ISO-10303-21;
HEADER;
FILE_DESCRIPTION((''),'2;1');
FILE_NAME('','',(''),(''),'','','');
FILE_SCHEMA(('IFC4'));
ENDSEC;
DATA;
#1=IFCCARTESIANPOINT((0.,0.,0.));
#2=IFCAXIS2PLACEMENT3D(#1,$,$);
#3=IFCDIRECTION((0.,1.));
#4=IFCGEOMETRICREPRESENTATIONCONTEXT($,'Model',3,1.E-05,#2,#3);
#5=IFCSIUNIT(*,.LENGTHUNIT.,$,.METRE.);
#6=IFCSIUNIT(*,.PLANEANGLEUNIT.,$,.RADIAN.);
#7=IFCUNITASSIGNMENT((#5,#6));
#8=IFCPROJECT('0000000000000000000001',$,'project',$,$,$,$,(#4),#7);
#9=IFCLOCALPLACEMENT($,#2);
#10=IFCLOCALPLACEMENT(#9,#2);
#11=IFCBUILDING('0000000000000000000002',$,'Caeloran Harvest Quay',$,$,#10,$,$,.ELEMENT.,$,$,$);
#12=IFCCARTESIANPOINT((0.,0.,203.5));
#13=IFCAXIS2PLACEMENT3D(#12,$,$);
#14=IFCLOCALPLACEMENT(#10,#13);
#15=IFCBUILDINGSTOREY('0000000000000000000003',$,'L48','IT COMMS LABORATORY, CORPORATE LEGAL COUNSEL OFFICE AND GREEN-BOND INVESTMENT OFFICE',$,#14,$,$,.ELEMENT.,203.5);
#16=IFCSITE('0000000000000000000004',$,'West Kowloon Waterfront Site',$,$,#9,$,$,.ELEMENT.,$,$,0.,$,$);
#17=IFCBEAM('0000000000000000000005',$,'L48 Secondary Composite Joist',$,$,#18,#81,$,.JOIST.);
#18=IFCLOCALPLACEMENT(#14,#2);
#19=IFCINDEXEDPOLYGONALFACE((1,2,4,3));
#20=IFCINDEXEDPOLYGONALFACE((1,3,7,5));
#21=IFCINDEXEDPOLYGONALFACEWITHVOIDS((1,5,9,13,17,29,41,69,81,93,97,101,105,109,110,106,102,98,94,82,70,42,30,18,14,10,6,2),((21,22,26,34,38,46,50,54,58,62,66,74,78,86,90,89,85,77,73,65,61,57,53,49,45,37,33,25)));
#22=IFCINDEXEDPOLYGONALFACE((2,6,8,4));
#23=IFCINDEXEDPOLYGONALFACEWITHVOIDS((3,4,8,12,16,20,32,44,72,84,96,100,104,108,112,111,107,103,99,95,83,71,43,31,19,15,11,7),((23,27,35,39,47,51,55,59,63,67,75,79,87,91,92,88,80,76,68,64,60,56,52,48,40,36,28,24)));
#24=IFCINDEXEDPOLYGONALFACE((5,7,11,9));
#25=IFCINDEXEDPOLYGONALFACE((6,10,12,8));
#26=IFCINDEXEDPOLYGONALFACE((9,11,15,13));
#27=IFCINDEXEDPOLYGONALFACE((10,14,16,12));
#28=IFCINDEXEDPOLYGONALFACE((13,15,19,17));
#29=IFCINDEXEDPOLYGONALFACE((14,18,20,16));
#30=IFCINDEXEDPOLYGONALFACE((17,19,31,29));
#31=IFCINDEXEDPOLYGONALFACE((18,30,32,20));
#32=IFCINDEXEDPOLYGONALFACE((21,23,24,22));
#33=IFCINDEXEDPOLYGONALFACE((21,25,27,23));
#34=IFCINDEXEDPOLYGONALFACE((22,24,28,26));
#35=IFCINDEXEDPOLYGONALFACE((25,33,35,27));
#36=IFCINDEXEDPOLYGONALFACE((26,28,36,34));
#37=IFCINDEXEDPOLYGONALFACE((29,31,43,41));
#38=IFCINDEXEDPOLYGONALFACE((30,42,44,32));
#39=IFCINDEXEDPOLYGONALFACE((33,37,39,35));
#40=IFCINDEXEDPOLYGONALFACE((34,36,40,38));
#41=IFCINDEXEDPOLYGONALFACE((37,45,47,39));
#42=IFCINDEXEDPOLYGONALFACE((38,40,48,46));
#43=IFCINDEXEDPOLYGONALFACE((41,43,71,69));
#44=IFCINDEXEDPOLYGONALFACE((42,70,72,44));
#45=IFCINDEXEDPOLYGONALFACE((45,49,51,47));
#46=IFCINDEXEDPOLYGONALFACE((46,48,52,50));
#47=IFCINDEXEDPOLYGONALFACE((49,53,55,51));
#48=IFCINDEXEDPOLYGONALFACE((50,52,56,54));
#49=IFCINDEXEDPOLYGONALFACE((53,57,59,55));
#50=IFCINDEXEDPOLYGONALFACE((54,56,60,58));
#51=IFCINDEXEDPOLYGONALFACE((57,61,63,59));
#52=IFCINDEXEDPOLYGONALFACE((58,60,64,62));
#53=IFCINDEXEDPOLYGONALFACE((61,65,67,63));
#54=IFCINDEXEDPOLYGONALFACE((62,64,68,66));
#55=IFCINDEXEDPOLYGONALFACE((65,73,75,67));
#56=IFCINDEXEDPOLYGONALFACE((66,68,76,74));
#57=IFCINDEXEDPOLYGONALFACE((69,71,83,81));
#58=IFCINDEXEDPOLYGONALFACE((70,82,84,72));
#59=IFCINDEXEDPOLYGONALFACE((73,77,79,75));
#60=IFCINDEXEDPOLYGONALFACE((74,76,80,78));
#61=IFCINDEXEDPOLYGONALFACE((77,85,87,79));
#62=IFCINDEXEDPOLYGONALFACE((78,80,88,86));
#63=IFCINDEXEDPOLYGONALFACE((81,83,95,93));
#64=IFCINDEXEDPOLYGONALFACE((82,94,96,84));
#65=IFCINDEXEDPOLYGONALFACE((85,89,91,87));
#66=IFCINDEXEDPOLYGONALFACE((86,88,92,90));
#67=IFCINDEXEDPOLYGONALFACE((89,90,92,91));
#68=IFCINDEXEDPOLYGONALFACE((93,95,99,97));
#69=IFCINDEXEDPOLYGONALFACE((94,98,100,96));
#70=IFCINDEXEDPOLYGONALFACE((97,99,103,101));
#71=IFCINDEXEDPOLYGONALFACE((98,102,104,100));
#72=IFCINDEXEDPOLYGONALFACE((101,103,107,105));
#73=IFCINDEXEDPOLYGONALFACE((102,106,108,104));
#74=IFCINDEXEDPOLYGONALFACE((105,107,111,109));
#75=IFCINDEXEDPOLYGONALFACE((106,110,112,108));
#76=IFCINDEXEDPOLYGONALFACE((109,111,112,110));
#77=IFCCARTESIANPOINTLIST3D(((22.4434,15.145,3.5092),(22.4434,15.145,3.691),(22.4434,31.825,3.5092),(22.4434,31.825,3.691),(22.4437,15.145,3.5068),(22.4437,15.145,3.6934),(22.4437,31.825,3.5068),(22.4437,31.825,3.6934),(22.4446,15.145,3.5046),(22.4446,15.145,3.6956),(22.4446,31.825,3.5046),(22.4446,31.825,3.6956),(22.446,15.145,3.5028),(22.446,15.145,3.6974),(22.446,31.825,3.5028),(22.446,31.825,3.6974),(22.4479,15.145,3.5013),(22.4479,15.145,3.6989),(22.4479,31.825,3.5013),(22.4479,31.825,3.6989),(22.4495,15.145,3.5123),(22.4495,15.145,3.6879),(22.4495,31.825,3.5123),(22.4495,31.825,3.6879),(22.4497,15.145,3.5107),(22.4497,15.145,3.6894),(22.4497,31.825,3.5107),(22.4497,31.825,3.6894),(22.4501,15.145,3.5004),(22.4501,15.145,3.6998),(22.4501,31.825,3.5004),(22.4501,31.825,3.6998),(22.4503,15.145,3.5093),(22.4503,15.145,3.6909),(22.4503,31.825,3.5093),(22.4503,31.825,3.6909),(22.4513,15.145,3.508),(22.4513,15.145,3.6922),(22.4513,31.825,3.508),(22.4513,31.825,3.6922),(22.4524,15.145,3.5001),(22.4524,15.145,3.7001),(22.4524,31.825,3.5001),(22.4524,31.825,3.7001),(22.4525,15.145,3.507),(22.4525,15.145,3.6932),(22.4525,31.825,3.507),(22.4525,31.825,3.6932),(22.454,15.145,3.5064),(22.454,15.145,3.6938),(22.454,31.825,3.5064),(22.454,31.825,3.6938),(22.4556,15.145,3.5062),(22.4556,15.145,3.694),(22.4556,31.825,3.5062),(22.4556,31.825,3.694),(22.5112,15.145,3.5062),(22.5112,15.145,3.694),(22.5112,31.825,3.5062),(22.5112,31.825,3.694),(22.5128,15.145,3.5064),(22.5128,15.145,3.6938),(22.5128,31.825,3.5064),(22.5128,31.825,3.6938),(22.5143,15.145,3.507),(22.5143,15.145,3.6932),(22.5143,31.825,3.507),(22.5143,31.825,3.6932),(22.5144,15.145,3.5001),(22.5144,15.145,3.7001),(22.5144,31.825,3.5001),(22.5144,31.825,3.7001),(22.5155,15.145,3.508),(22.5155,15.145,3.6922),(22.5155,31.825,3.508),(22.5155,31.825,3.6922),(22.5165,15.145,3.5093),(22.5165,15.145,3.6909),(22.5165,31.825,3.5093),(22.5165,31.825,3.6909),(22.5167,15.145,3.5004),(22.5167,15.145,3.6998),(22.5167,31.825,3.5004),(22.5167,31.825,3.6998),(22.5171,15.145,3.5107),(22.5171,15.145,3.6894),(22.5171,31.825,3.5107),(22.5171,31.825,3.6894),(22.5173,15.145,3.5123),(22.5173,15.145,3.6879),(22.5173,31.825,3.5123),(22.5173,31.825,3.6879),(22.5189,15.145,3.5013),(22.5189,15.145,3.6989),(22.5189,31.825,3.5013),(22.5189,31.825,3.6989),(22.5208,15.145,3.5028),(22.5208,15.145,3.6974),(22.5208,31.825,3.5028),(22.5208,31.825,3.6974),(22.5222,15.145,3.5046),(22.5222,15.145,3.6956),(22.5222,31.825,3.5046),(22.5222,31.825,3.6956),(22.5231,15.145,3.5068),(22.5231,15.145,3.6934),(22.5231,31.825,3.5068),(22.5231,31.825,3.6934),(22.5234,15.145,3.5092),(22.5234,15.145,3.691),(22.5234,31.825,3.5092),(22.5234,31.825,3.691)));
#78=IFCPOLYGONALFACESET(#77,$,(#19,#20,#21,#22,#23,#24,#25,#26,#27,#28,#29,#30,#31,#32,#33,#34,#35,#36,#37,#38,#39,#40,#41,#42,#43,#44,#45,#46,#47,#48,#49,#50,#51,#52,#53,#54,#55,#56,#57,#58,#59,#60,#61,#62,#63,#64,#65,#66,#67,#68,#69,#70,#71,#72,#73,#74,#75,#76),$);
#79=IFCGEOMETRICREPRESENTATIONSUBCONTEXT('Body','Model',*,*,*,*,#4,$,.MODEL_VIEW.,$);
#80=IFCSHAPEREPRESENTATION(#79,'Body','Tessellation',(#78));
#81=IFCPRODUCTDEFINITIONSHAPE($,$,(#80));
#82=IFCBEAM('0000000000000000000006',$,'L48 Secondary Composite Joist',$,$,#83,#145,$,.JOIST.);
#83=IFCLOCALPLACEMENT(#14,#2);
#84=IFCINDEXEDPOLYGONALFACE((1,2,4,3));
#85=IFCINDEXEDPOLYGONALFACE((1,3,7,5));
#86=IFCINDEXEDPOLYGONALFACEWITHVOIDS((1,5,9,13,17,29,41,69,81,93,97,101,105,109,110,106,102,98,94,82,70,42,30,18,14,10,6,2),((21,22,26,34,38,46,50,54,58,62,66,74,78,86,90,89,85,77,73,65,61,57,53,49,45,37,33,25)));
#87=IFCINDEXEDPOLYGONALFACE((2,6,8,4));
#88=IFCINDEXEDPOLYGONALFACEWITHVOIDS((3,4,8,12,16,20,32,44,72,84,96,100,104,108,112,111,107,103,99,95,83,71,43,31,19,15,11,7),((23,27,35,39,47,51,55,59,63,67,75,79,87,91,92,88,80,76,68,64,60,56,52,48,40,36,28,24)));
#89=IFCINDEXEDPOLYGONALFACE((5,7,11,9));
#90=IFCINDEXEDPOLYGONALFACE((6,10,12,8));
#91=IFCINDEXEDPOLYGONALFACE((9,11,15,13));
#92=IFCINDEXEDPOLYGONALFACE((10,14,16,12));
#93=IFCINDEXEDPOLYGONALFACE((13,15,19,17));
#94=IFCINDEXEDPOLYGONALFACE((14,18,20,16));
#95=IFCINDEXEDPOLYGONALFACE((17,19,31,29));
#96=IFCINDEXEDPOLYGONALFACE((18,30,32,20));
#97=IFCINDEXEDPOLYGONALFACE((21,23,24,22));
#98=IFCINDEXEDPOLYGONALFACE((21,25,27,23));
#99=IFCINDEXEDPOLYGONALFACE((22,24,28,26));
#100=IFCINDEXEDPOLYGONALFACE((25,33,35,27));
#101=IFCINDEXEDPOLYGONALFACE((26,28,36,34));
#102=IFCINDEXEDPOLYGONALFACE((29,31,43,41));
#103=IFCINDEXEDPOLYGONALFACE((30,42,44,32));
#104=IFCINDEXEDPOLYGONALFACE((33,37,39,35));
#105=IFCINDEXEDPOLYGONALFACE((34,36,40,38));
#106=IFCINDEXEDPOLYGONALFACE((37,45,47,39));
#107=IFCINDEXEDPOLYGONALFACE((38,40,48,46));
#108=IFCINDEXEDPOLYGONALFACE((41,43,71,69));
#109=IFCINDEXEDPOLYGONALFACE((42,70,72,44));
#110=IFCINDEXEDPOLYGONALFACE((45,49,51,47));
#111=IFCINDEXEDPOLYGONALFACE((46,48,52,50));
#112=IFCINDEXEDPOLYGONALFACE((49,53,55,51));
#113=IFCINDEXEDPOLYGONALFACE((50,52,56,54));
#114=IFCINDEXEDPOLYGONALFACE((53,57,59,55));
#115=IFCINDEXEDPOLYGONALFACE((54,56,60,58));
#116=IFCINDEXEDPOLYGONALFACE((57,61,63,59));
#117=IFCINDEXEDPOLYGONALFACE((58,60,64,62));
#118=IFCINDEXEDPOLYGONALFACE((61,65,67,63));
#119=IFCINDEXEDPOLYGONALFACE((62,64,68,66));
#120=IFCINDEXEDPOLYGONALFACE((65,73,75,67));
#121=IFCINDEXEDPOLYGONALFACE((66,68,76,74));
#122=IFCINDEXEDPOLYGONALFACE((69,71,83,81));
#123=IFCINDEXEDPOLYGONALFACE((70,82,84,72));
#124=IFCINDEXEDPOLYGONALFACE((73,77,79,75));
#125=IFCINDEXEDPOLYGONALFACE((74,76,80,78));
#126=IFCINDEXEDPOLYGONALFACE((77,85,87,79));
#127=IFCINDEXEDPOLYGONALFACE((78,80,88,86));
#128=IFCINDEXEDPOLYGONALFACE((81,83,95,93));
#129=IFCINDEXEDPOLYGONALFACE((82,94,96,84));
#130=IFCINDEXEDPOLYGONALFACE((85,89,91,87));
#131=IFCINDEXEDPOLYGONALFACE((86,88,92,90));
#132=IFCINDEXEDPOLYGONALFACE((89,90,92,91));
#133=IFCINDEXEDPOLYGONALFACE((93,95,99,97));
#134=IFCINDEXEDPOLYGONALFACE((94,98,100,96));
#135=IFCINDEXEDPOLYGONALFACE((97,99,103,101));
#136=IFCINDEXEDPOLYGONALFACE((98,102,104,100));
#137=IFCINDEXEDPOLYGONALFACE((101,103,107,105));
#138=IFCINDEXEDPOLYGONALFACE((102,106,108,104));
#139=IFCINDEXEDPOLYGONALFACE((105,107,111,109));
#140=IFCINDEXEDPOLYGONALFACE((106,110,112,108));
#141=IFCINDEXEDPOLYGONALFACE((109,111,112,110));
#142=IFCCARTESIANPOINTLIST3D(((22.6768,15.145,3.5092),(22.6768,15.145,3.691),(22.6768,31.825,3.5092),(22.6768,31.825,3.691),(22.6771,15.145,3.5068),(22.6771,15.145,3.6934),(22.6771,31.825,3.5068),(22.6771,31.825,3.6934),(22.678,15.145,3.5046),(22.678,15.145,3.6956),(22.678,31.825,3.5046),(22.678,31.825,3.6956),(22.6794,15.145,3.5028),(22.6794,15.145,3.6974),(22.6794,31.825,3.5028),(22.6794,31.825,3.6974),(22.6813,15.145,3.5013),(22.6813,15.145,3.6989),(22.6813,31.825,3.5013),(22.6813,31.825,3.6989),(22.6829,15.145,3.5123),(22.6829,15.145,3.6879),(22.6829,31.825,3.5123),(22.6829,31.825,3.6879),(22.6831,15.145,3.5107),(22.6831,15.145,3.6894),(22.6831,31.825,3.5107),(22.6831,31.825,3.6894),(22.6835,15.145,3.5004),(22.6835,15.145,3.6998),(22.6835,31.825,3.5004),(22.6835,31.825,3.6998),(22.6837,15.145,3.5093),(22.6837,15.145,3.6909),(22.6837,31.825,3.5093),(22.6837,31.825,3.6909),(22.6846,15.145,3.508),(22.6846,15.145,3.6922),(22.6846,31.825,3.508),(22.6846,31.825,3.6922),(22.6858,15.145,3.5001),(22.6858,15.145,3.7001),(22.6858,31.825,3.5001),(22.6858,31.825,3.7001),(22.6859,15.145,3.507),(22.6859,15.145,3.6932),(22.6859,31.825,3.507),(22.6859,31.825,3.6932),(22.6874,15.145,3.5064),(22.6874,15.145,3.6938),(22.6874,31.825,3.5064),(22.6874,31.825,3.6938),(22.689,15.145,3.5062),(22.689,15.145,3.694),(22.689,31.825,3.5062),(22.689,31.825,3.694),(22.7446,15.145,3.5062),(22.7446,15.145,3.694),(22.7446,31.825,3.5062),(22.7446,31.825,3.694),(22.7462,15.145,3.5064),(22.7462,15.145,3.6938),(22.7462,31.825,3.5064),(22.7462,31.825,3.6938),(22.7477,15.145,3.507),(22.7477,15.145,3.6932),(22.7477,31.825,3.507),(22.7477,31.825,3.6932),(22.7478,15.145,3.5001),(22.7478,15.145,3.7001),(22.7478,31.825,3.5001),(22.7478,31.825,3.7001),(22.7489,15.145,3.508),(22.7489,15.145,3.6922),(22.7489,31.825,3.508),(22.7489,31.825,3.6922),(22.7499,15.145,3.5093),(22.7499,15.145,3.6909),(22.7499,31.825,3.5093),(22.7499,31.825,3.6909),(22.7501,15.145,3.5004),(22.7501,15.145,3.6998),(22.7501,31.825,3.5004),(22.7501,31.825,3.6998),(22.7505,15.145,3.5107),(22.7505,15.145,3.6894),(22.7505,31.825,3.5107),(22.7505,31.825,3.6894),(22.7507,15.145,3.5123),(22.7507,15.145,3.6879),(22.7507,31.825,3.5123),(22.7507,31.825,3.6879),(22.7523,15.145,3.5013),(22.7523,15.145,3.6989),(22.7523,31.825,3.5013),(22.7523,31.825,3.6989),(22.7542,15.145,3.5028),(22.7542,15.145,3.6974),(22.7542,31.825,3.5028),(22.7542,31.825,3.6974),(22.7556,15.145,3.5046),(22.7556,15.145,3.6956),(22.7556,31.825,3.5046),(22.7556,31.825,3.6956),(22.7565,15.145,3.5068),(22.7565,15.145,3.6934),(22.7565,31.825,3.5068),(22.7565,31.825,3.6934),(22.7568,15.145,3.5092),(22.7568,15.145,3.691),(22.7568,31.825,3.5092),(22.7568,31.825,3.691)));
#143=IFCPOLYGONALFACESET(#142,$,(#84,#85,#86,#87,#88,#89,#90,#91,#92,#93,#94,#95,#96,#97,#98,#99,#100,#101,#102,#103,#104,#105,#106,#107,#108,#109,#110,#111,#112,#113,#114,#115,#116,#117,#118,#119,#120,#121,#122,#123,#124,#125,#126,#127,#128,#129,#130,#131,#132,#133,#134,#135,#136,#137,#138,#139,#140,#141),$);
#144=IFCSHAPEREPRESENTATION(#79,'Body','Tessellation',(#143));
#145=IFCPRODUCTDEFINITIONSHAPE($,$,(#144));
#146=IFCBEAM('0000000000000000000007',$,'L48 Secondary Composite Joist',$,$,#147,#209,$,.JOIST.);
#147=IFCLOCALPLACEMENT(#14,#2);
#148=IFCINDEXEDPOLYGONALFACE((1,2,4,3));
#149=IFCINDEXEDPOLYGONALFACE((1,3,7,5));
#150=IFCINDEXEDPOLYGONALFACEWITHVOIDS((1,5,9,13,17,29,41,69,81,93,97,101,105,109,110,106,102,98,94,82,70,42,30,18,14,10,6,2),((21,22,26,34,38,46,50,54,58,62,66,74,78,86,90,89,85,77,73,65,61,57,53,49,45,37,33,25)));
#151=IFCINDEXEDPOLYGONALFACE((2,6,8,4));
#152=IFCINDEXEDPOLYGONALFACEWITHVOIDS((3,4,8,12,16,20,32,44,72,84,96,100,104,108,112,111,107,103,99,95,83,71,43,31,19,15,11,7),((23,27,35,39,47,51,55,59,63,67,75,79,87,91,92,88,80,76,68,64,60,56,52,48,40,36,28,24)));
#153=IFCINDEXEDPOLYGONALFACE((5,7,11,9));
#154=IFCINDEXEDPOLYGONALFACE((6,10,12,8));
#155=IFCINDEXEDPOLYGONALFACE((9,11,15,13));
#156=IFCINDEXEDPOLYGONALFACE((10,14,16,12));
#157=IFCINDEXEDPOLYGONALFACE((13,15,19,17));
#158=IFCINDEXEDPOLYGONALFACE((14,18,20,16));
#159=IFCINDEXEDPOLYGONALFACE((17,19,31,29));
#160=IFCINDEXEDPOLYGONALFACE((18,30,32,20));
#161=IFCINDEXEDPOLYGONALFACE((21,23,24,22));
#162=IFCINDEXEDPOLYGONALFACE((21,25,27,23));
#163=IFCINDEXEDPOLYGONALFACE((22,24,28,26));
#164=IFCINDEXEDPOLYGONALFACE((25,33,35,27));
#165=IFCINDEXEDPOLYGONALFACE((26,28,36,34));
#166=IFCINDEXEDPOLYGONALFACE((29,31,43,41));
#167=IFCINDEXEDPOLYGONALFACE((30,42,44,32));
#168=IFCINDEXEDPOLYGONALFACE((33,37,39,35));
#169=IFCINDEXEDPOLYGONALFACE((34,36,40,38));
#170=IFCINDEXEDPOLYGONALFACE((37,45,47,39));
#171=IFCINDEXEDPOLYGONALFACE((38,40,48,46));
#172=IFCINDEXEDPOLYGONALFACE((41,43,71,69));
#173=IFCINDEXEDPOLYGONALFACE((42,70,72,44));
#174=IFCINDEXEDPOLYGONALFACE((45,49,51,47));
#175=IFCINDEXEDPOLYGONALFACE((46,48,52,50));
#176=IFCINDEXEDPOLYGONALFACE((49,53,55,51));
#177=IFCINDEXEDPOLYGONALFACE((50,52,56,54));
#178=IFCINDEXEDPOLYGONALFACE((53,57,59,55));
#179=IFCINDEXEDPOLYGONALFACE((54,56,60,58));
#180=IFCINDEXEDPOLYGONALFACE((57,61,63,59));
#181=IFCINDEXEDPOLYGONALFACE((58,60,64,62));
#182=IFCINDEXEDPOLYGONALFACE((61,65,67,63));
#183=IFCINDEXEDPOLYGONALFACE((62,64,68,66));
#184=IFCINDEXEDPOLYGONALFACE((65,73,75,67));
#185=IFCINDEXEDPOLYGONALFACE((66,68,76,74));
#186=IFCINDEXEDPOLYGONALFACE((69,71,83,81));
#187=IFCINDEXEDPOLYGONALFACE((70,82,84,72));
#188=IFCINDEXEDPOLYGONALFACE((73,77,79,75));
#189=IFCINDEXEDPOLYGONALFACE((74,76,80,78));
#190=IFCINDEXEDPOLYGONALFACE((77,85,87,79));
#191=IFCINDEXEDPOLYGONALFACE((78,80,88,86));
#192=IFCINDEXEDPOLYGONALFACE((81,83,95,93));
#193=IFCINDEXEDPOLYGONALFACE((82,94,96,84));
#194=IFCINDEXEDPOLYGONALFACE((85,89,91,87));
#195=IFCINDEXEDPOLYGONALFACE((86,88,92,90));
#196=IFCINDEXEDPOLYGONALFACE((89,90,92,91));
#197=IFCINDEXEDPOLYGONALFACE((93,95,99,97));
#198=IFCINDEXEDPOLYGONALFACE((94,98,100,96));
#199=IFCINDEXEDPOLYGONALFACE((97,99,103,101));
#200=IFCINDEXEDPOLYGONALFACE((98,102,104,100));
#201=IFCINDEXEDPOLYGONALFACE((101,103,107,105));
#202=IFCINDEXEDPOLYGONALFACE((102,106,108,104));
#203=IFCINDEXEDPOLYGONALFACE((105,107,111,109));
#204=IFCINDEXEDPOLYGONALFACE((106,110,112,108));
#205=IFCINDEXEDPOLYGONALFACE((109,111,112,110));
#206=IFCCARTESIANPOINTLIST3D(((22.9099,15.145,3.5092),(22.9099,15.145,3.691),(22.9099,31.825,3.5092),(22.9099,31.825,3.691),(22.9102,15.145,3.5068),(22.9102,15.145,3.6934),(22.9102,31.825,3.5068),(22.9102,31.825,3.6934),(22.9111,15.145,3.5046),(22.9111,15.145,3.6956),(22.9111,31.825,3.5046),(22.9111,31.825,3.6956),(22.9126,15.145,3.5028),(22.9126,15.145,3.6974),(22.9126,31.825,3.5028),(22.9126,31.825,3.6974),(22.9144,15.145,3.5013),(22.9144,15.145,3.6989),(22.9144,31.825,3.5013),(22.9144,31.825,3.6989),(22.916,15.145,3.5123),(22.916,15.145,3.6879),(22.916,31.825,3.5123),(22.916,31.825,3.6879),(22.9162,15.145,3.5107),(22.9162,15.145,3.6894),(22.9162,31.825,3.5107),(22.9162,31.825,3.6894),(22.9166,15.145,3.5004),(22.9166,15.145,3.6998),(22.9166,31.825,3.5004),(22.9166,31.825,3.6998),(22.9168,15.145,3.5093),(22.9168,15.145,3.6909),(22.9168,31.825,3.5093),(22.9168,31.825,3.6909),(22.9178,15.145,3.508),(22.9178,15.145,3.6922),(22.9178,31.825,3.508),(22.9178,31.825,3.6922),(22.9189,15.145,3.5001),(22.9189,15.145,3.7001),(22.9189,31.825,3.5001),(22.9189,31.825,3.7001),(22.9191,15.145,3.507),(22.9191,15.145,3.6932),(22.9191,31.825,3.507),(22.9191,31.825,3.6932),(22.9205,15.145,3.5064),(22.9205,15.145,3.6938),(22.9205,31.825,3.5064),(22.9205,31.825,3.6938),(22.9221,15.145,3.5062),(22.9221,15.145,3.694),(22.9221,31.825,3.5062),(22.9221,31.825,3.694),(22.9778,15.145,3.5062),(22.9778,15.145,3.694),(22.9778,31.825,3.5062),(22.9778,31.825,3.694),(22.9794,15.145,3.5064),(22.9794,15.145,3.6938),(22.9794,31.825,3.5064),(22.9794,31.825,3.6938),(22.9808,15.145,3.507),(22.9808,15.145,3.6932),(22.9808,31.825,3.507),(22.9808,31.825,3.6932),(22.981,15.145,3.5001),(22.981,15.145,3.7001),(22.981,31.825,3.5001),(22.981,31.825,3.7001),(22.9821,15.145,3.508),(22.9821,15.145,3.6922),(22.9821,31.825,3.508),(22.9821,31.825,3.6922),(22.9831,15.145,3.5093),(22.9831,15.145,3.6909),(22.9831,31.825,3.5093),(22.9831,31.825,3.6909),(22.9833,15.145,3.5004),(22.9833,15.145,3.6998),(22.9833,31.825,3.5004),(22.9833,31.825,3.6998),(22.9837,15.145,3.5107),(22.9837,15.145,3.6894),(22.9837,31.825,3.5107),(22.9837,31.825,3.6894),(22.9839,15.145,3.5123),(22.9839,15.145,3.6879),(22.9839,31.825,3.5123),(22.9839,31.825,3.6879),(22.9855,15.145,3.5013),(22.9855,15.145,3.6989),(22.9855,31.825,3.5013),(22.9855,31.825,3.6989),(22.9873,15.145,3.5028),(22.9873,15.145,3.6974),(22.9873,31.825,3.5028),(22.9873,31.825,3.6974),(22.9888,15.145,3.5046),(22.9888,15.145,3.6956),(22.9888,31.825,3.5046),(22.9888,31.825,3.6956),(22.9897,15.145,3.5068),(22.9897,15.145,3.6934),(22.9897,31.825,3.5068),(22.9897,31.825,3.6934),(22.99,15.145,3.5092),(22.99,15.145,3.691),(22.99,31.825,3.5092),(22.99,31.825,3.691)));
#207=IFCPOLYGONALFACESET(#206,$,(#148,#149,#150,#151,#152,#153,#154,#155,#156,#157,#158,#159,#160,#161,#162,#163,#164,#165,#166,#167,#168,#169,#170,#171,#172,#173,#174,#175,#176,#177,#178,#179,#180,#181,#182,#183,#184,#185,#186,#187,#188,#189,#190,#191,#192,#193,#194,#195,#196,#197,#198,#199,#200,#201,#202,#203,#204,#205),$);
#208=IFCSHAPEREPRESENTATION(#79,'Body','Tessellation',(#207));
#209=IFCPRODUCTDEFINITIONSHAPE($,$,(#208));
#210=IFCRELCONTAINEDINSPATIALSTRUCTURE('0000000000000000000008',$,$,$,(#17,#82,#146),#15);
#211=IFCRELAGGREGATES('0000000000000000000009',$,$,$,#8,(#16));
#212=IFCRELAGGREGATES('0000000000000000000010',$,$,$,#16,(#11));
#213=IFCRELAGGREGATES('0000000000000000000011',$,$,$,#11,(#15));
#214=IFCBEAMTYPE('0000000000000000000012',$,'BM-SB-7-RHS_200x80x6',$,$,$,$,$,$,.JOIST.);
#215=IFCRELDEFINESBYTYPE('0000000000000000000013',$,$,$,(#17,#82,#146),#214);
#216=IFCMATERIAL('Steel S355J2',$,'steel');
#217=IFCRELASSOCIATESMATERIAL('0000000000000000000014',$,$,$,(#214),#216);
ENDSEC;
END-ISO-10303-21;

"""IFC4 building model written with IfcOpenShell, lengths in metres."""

from ifc_helpers import new_model, si_unit, direction, frame, origin, origin_2d, place, context, subcontext, project, spatial, hollow_rectangle, extrude, material, material_profile, profile_set, type_object, element, save


model = new_model("IFC4")

# Units and contexts
model_context = context("Model", 3, precision=1e-05, world=origin(), true_north=direction((0.0, 1.0)))
body_context = subcontext(model_context, "Body", "Model", "MODEL_VIEW")
ifc_project = project(units=[si_unit("LENGTHUNIT", "METRE"), si_unit("PLANEANGLEUNIT", "RADIAN")], contexts=[model_context])

# Site, building, storey
site_placement = place(None, origin())
site = spatial("IfcSite", under=ifc_project, at=site_placement, Name="West Kowloon Waterfront Site", CompositionType="ELEMENT", RefElevation=0.0)
building_placement = place(site_placement, origin())
building = spatial("IfcBuilding", under=site, at=building_placement, Name="Caeloran Harvest Quay", CompositionType="ELEMENT")
storey_placement = place(building_placement, frame((0.0, 0.0, 203.5)))
storey = spatial("IfcBuildingStorey", under=building, at=storey_placement, Name="L48", Description="IT COMMS LABORATORY, CORPORATE LEGAL COUNSEL OFFICE AND GREEN-BOND INVESTMENT OFFICE", CompositionType="ELEMENT", Elevation=203.5)

# Beams
ifc_material_1 = material(Name="Steel S355J2", Category="steel")
ifc_material_profile_1 = material_profile(ifc_material_1, hollow_rectangle(XDim=0.0801, YDim=0.2, WallThickness=0.0061, InnerFilletRadius=0.0061, OuterFilletRadius=0.009, at=origin_2d()), Name="RHS 200x80x6")
ifc_profile_set_1 = profile_set([ifc_material_profile_1], Name="Steel S355J2")
beam_type_1 = type_object("IfcBeamType", Name="BM-SB-7-RHS_200x80x6", PredefinedType="JOIST", material=ifc_profile_set_1)
for number, where, z_axis, x_axis, name in (
    (1, (22.4834, 15.145, 3.6001), (0.0, 1.0, 0.0), (-1.0, 0.0, 0.0), "L48 Secondary Composite Joist"),
    (2, (22.7168, 15.145, 3.6001), (0.0, 1.0, 0.0), (-1.0, 0.0, 0.0), "L48 Secondary Composite Joist"),
    (3, (22.95, 15.145, 3.6001), (0.0, 1.0, 0.0), (-1.0, 0.0, 0.0), "L48 Secondary Composite Joist"),
):
    element("IfcBeam", number, at=place(storey_placement, frame(where, z_axis=z_axis, x_axis=x_axis)), inside=storey, type_object=beam_type_1, Name=name, PredefinedType="JOIST", context=body_context, shape_type="SweptSolid", body=[
        extrude(hollow_rectangle(XDim=0.0801, YDim=0.2, WallThickness=0.0061, InnerFilletRadius=0.0061, OuterFilletRadius=0.009, at=origin_2d()), origin(), (0.0, 0.0, 1.0), 16.6799),
    ])

save(model, "model.ifc")
